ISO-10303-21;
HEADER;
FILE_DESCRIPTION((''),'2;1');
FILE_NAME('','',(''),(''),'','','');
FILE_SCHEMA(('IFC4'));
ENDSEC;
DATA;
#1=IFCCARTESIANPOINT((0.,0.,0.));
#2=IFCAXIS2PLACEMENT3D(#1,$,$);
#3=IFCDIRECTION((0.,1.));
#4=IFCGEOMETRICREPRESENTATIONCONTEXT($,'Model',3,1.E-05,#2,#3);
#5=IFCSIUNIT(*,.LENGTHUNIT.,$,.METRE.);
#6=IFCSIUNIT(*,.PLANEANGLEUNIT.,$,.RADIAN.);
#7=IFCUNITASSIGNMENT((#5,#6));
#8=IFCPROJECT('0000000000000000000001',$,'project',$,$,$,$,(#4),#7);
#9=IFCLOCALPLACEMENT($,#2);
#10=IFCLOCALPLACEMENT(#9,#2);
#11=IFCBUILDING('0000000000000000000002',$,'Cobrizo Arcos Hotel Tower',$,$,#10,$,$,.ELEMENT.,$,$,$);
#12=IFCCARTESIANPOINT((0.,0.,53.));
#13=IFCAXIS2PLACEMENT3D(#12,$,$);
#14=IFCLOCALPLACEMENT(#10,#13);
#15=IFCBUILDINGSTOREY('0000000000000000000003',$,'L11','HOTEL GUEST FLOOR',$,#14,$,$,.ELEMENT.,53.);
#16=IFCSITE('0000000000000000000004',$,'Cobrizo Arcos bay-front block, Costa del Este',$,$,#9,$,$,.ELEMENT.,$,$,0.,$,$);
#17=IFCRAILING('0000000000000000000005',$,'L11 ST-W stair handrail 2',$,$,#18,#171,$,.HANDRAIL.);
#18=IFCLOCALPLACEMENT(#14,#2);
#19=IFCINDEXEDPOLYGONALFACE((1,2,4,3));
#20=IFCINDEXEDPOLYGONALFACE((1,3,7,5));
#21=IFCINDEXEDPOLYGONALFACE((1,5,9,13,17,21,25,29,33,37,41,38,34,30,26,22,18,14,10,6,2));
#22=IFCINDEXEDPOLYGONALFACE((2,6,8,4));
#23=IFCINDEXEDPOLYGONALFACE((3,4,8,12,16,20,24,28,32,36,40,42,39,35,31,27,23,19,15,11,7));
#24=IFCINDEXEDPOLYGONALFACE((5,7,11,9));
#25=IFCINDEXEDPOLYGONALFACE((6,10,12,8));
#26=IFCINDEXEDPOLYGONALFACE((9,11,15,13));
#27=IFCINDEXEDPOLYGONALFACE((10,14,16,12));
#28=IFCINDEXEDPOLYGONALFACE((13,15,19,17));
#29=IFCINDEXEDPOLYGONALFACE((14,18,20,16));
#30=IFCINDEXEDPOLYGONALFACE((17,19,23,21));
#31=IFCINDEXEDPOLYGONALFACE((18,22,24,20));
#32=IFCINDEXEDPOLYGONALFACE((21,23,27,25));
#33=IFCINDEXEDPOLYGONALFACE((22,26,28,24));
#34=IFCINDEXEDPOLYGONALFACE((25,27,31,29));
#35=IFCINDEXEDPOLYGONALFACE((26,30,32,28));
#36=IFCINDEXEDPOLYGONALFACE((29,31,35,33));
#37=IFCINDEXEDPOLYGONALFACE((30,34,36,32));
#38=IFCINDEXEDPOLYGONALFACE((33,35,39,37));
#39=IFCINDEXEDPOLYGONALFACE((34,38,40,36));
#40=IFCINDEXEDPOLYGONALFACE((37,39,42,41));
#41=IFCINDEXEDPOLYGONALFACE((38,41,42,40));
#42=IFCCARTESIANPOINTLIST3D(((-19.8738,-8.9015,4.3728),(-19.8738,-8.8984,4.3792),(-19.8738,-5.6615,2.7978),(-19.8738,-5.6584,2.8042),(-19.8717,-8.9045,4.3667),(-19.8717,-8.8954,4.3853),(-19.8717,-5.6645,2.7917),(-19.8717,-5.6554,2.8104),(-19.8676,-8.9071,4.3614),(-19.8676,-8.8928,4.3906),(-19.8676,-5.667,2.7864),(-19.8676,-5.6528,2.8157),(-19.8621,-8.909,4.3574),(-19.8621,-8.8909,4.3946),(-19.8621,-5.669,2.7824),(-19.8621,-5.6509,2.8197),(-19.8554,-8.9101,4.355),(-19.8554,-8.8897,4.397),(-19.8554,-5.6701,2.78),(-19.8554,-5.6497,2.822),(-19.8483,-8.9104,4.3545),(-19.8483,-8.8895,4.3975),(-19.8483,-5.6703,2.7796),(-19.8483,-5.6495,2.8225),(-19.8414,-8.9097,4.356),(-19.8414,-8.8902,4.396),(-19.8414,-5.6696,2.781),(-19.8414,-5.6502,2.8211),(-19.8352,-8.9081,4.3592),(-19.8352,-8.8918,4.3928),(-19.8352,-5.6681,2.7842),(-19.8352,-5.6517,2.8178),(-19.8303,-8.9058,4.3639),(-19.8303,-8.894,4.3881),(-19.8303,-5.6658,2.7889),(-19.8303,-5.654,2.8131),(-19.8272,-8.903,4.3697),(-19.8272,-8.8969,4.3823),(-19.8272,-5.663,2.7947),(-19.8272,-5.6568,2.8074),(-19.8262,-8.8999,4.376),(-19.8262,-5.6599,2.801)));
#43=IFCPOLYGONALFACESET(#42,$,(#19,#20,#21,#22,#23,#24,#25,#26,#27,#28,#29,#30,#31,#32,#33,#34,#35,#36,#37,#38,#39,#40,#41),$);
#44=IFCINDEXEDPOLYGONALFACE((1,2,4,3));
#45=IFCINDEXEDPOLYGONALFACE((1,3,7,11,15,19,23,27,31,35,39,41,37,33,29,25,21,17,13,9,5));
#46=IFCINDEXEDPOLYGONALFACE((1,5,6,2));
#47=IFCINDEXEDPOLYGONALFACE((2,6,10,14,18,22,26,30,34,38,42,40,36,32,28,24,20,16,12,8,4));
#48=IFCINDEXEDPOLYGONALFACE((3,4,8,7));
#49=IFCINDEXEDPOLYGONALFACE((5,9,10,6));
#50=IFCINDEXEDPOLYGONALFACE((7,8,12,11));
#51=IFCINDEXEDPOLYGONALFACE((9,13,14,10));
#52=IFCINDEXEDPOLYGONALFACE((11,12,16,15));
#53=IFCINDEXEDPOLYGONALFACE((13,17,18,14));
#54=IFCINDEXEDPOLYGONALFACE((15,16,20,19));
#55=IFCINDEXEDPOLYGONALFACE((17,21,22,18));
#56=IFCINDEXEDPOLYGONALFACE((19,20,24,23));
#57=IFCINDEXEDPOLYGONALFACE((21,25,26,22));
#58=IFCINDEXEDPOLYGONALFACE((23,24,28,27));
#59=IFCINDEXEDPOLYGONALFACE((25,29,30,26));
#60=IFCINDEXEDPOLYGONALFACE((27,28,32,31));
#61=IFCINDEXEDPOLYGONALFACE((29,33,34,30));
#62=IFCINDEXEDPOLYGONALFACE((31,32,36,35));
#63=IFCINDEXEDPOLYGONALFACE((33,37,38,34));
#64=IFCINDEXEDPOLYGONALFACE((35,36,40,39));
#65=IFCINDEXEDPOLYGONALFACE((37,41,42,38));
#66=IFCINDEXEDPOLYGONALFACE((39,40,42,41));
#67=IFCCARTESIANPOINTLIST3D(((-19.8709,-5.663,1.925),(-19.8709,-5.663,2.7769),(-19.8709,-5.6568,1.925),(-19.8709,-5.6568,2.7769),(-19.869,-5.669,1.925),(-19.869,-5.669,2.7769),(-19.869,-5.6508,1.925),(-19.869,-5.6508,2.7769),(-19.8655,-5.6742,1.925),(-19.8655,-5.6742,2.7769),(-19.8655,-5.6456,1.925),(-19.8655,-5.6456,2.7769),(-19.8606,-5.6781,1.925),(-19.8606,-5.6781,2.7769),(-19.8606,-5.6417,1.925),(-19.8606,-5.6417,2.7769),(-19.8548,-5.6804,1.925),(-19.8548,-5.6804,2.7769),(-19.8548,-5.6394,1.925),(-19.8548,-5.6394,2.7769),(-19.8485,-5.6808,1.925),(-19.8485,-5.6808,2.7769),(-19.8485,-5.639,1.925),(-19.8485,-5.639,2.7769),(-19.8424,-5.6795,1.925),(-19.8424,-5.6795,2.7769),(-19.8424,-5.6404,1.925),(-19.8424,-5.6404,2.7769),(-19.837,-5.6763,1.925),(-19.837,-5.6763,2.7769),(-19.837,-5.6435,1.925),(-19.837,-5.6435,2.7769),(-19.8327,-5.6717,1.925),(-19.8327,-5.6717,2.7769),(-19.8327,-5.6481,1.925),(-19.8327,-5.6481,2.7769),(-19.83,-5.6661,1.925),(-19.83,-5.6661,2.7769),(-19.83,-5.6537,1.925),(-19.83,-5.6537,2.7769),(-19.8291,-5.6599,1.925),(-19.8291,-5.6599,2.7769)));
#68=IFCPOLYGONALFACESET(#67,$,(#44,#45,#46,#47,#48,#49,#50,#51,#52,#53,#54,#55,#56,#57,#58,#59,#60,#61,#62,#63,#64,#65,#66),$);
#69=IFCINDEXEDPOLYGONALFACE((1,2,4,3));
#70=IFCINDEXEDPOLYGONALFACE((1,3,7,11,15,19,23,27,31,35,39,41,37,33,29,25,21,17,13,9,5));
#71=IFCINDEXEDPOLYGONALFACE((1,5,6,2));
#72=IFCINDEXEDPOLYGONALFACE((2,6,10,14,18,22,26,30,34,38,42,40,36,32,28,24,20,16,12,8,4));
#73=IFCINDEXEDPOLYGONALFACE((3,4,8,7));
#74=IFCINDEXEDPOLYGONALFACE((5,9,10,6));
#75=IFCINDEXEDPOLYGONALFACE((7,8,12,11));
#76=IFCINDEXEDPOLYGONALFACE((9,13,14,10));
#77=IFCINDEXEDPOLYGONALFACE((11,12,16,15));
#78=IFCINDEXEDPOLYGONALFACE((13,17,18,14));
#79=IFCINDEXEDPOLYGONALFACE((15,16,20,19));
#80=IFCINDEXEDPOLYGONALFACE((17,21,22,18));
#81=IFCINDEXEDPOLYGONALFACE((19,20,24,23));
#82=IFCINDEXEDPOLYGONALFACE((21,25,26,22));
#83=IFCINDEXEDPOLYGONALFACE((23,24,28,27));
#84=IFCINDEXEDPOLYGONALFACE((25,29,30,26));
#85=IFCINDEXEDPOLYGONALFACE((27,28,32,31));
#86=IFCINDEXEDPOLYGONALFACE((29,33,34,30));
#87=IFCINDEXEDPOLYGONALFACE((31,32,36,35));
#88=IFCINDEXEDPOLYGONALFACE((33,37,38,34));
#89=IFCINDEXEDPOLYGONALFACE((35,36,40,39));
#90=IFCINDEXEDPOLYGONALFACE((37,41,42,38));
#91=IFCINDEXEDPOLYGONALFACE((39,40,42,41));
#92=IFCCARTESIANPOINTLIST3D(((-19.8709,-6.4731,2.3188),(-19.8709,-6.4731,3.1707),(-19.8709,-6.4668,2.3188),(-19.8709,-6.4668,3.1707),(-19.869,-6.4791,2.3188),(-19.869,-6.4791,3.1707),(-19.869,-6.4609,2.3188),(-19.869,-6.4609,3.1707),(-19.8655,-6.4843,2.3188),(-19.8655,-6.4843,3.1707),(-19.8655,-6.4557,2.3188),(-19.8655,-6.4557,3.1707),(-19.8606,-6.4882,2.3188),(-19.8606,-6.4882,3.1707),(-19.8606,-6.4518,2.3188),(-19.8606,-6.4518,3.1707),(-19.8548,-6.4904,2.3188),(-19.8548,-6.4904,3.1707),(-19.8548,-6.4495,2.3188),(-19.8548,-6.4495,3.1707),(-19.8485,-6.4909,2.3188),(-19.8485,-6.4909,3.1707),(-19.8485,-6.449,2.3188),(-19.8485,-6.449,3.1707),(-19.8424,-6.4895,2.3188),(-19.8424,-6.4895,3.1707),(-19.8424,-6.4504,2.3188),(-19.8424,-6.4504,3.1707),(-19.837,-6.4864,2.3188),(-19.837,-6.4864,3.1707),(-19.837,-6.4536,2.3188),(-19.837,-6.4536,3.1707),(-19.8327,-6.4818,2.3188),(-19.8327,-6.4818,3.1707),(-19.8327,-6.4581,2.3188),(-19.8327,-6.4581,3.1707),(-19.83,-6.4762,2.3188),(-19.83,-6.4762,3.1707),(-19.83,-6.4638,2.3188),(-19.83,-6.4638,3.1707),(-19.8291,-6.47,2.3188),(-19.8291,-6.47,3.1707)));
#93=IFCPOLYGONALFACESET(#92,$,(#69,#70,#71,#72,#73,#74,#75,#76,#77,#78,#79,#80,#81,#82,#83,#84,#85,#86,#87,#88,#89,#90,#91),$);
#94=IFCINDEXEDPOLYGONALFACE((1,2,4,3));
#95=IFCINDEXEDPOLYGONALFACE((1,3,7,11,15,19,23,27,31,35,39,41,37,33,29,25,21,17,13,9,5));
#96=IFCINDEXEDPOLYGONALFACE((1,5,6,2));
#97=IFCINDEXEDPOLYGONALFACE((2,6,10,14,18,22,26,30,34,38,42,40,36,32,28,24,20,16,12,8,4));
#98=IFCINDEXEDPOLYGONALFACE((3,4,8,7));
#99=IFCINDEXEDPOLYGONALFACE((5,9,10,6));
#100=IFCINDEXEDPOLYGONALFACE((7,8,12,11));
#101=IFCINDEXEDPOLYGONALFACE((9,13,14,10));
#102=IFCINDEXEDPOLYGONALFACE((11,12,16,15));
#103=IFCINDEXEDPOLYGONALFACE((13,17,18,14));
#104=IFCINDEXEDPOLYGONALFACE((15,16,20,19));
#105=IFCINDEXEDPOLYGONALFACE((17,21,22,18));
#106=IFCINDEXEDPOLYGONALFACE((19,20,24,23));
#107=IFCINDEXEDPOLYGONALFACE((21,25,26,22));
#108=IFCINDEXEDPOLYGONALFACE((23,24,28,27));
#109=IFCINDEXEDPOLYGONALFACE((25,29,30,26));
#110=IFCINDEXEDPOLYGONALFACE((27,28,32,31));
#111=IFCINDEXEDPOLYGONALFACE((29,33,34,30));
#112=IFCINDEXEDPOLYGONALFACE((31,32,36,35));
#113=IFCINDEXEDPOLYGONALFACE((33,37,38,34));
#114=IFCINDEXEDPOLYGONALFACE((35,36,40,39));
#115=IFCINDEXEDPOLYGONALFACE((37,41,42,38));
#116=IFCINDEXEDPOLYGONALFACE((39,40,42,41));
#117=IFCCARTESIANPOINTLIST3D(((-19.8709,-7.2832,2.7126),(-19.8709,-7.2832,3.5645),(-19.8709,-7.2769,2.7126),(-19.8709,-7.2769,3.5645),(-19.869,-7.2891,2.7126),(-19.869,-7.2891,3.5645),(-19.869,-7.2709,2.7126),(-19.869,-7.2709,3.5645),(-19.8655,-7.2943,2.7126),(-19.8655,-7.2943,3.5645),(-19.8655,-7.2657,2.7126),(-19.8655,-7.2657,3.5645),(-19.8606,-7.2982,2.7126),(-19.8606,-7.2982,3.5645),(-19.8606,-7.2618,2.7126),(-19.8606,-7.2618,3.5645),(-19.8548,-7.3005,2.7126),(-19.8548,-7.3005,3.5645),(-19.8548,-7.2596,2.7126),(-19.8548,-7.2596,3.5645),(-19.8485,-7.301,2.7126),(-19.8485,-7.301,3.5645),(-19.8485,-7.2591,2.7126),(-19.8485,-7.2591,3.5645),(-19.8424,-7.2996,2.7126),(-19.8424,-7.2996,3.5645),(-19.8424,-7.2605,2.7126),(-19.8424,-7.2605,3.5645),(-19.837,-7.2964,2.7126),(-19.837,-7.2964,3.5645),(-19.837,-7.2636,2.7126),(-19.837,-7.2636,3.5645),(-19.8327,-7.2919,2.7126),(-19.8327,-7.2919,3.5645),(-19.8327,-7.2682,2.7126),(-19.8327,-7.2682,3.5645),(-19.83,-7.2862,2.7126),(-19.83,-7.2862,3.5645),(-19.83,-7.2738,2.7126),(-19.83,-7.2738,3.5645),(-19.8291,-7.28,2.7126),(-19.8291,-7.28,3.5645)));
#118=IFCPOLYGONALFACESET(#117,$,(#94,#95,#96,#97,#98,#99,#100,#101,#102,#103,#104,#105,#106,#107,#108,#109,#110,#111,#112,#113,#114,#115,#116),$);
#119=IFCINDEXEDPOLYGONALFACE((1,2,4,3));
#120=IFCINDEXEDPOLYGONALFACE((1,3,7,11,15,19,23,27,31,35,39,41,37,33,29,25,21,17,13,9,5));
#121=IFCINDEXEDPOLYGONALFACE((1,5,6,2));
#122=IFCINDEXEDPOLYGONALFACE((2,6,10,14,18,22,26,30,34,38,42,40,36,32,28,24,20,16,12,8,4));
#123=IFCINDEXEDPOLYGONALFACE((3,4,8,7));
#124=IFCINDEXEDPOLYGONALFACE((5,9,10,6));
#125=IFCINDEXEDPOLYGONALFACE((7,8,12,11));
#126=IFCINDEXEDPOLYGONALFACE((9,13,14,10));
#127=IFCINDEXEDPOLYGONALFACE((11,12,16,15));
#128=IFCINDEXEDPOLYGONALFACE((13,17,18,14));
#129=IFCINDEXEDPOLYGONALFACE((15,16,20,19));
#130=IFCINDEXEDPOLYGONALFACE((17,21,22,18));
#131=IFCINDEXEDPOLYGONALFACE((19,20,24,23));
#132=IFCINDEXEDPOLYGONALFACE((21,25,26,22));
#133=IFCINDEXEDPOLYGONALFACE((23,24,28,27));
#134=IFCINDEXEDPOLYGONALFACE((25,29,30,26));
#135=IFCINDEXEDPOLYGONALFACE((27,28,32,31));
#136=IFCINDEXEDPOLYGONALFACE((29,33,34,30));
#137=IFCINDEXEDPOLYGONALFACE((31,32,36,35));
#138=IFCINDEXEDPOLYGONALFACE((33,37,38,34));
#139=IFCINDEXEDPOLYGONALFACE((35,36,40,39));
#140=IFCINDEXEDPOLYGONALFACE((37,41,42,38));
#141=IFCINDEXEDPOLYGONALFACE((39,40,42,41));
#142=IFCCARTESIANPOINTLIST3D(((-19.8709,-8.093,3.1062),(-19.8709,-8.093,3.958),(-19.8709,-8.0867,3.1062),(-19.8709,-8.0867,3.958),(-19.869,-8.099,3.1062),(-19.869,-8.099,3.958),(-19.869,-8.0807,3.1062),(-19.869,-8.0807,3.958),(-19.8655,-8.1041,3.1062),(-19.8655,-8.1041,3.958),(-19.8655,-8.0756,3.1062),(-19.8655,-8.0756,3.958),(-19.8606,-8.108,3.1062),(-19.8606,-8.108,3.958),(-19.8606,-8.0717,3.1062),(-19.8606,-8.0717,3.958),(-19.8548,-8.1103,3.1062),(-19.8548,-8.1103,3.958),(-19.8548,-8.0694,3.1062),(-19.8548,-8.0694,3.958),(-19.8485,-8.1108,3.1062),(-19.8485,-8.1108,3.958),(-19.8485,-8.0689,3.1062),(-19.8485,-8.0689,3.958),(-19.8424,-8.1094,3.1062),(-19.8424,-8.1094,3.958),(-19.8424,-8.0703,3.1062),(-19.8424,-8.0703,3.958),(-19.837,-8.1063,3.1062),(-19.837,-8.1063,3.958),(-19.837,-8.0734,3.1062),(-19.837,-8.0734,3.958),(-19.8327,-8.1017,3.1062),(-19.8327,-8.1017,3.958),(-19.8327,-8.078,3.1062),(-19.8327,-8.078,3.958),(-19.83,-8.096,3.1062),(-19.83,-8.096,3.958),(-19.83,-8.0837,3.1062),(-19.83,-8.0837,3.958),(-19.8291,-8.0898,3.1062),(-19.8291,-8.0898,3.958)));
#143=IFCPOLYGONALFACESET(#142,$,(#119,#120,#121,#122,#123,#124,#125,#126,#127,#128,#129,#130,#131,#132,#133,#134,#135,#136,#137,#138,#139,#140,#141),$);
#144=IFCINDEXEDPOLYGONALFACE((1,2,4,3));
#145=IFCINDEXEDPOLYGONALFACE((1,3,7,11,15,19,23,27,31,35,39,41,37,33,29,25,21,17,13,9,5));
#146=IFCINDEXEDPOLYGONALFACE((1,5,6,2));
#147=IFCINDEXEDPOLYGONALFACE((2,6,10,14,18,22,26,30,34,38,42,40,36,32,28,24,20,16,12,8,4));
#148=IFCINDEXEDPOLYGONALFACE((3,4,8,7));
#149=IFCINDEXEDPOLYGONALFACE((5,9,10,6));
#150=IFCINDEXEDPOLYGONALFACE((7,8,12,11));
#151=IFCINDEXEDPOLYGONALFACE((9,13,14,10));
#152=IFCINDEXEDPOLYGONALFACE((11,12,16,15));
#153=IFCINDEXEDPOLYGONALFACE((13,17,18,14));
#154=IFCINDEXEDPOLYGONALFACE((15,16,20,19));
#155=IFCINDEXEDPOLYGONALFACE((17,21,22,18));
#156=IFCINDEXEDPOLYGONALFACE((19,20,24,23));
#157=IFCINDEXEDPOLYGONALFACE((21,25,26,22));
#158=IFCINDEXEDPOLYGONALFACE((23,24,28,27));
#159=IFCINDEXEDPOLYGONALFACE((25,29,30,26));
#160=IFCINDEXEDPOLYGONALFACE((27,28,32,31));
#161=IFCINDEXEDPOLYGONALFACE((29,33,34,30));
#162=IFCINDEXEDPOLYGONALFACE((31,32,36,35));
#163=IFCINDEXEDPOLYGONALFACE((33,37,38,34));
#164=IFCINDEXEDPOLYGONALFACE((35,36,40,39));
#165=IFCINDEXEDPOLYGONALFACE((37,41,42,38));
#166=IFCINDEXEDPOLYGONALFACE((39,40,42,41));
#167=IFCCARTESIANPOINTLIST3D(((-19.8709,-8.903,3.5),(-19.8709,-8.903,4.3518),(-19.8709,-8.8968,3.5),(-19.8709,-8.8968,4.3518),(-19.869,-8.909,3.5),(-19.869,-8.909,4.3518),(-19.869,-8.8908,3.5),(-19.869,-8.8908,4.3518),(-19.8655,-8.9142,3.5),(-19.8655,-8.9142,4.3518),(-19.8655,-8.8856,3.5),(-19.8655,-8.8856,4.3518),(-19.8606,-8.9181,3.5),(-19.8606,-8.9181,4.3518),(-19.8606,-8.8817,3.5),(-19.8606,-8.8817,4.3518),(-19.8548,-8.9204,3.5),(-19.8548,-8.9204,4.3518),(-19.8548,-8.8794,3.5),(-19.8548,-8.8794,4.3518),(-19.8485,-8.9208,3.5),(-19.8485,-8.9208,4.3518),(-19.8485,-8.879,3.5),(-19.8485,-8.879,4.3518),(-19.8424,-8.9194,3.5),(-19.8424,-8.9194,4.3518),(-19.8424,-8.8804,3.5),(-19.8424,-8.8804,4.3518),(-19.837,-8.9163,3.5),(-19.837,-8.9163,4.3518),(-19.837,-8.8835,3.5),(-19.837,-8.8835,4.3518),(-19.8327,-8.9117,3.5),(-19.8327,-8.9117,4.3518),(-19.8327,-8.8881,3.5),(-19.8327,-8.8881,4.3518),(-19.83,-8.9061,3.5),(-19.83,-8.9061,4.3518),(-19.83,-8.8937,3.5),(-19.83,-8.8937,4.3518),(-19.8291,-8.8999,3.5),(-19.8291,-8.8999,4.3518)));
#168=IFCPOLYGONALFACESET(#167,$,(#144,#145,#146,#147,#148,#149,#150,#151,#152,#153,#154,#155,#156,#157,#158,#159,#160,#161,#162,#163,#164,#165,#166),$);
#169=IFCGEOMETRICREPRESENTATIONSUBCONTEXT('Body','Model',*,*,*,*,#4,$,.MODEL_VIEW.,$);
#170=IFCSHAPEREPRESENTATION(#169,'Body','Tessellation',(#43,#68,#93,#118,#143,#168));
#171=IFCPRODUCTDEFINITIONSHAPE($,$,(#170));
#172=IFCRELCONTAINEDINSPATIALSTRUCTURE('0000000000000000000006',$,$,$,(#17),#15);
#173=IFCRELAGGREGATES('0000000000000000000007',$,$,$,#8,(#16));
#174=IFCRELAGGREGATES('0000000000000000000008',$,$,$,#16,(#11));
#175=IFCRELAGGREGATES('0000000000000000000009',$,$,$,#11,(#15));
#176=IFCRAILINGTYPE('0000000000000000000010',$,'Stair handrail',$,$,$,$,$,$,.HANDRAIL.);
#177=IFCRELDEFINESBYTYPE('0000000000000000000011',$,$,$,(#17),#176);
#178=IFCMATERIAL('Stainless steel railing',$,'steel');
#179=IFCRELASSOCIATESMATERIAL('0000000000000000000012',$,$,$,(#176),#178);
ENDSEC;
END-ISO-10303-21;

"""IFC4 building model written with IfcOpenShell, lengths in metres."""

from ifc_helpers import new_model, si_unit, direction, frame, origin, origin_2d, place, context, subcontext, project, spatial, circle, extrude, material, type_object, element, save


model = new_model("IFC4")

# Units and contexts
model_context = context("Model", 3, precision=1e-05, world=origin(), true_north=direction((0.0, 1.0)))
body_context = subcontext(model_context, "Body", "Model", "MODEL_VIEW")
ifc_project = project(units=[si_unit("LENGTHUNIT", "METRE"), si_unit("PLANEANGLEUNIT", "RADIAN")], contexts=[model_context])

# Site, building, storey
site_placement = place(None, origin())
site = spatial("IfcSite", under=ifc_project, at=site_placement, Name="Cobrizo Arcos bay-front block, Costa del Este", CompositionType="ELEMENT", RefElevation=0.0)
building_placement = place(site_placement, origin())
building = spatial("IfcBuilding", under=site, at=building_placement, Name="Cobrizo Arcos Hotel Tower", CompositionType="ELEMENT")
storey_placement = place(building_placement, frame((0.0, 0.0, 53.0)))
storey = spatial("IfcBuildingStorey", under=building, at=storey_placement, Name="L11", Description="HOTEL GUEST FLOOR", CompositionType="ELEMENT", Elevation=53.0)

# Railing
ifc_material_1 = material(Name="Stainless steel railing", Category="steel")
railing_type_1 = type_object("IfcRailingType", Name="Stair handrail", PredefinedType="HANDRAIL", material=ifc_material_1)
railing_1_placement = place(storey_placement, frame((-19.8501, -5.6599, 1.925)))
element("IfcRailing", 1, at=railing_1_placement, inside=storey, type_object=railing_type_1, Name="L11 ST-W stair handrail 2", PredefinedType="HANDRAIL", context=body_context, shape_type="SweptSolid", body=[
    extrude(circle(Radius=0.0239, at=origin_2d()), frame((0.0, 0.0, 0.876), z_axis=(0.0, -0.899373, 0.437183), x_axis=(1.0, 0.0, 0.0)), (0.0, 0.0, 1.0), 3.6025),
    extrude(circle(Radius=0.021, at=origin_2d()), origin(), (0.0, 0.0, 1.0), 0.8518),
    extrude(circle(Radius=0.021, at=origin_2d()), frame((0.0, -0.8101, 0.3938)), (0.0, 0.0, 1.0), 0.8518),
    extrude(circle(Radius=0.021, at=origin_2d()), frame((0.0, -1.6201, 0.7876)), (0.0, 0.0, 1.0), 0.8518),
    extrude(circle(Radius=0.021, at=origin_2d()), frame((0.0, -2.4299, 1.1812)), (0.0, 0.0, 1.0), 0.8518),
    extrude(circle(Radius=0.021, at=origin_2d()), frame((0.0, -3.24, 1.575)), (0.0, 0.0, 1.0), 0.8518),
])

save(model, "model.ifc")
